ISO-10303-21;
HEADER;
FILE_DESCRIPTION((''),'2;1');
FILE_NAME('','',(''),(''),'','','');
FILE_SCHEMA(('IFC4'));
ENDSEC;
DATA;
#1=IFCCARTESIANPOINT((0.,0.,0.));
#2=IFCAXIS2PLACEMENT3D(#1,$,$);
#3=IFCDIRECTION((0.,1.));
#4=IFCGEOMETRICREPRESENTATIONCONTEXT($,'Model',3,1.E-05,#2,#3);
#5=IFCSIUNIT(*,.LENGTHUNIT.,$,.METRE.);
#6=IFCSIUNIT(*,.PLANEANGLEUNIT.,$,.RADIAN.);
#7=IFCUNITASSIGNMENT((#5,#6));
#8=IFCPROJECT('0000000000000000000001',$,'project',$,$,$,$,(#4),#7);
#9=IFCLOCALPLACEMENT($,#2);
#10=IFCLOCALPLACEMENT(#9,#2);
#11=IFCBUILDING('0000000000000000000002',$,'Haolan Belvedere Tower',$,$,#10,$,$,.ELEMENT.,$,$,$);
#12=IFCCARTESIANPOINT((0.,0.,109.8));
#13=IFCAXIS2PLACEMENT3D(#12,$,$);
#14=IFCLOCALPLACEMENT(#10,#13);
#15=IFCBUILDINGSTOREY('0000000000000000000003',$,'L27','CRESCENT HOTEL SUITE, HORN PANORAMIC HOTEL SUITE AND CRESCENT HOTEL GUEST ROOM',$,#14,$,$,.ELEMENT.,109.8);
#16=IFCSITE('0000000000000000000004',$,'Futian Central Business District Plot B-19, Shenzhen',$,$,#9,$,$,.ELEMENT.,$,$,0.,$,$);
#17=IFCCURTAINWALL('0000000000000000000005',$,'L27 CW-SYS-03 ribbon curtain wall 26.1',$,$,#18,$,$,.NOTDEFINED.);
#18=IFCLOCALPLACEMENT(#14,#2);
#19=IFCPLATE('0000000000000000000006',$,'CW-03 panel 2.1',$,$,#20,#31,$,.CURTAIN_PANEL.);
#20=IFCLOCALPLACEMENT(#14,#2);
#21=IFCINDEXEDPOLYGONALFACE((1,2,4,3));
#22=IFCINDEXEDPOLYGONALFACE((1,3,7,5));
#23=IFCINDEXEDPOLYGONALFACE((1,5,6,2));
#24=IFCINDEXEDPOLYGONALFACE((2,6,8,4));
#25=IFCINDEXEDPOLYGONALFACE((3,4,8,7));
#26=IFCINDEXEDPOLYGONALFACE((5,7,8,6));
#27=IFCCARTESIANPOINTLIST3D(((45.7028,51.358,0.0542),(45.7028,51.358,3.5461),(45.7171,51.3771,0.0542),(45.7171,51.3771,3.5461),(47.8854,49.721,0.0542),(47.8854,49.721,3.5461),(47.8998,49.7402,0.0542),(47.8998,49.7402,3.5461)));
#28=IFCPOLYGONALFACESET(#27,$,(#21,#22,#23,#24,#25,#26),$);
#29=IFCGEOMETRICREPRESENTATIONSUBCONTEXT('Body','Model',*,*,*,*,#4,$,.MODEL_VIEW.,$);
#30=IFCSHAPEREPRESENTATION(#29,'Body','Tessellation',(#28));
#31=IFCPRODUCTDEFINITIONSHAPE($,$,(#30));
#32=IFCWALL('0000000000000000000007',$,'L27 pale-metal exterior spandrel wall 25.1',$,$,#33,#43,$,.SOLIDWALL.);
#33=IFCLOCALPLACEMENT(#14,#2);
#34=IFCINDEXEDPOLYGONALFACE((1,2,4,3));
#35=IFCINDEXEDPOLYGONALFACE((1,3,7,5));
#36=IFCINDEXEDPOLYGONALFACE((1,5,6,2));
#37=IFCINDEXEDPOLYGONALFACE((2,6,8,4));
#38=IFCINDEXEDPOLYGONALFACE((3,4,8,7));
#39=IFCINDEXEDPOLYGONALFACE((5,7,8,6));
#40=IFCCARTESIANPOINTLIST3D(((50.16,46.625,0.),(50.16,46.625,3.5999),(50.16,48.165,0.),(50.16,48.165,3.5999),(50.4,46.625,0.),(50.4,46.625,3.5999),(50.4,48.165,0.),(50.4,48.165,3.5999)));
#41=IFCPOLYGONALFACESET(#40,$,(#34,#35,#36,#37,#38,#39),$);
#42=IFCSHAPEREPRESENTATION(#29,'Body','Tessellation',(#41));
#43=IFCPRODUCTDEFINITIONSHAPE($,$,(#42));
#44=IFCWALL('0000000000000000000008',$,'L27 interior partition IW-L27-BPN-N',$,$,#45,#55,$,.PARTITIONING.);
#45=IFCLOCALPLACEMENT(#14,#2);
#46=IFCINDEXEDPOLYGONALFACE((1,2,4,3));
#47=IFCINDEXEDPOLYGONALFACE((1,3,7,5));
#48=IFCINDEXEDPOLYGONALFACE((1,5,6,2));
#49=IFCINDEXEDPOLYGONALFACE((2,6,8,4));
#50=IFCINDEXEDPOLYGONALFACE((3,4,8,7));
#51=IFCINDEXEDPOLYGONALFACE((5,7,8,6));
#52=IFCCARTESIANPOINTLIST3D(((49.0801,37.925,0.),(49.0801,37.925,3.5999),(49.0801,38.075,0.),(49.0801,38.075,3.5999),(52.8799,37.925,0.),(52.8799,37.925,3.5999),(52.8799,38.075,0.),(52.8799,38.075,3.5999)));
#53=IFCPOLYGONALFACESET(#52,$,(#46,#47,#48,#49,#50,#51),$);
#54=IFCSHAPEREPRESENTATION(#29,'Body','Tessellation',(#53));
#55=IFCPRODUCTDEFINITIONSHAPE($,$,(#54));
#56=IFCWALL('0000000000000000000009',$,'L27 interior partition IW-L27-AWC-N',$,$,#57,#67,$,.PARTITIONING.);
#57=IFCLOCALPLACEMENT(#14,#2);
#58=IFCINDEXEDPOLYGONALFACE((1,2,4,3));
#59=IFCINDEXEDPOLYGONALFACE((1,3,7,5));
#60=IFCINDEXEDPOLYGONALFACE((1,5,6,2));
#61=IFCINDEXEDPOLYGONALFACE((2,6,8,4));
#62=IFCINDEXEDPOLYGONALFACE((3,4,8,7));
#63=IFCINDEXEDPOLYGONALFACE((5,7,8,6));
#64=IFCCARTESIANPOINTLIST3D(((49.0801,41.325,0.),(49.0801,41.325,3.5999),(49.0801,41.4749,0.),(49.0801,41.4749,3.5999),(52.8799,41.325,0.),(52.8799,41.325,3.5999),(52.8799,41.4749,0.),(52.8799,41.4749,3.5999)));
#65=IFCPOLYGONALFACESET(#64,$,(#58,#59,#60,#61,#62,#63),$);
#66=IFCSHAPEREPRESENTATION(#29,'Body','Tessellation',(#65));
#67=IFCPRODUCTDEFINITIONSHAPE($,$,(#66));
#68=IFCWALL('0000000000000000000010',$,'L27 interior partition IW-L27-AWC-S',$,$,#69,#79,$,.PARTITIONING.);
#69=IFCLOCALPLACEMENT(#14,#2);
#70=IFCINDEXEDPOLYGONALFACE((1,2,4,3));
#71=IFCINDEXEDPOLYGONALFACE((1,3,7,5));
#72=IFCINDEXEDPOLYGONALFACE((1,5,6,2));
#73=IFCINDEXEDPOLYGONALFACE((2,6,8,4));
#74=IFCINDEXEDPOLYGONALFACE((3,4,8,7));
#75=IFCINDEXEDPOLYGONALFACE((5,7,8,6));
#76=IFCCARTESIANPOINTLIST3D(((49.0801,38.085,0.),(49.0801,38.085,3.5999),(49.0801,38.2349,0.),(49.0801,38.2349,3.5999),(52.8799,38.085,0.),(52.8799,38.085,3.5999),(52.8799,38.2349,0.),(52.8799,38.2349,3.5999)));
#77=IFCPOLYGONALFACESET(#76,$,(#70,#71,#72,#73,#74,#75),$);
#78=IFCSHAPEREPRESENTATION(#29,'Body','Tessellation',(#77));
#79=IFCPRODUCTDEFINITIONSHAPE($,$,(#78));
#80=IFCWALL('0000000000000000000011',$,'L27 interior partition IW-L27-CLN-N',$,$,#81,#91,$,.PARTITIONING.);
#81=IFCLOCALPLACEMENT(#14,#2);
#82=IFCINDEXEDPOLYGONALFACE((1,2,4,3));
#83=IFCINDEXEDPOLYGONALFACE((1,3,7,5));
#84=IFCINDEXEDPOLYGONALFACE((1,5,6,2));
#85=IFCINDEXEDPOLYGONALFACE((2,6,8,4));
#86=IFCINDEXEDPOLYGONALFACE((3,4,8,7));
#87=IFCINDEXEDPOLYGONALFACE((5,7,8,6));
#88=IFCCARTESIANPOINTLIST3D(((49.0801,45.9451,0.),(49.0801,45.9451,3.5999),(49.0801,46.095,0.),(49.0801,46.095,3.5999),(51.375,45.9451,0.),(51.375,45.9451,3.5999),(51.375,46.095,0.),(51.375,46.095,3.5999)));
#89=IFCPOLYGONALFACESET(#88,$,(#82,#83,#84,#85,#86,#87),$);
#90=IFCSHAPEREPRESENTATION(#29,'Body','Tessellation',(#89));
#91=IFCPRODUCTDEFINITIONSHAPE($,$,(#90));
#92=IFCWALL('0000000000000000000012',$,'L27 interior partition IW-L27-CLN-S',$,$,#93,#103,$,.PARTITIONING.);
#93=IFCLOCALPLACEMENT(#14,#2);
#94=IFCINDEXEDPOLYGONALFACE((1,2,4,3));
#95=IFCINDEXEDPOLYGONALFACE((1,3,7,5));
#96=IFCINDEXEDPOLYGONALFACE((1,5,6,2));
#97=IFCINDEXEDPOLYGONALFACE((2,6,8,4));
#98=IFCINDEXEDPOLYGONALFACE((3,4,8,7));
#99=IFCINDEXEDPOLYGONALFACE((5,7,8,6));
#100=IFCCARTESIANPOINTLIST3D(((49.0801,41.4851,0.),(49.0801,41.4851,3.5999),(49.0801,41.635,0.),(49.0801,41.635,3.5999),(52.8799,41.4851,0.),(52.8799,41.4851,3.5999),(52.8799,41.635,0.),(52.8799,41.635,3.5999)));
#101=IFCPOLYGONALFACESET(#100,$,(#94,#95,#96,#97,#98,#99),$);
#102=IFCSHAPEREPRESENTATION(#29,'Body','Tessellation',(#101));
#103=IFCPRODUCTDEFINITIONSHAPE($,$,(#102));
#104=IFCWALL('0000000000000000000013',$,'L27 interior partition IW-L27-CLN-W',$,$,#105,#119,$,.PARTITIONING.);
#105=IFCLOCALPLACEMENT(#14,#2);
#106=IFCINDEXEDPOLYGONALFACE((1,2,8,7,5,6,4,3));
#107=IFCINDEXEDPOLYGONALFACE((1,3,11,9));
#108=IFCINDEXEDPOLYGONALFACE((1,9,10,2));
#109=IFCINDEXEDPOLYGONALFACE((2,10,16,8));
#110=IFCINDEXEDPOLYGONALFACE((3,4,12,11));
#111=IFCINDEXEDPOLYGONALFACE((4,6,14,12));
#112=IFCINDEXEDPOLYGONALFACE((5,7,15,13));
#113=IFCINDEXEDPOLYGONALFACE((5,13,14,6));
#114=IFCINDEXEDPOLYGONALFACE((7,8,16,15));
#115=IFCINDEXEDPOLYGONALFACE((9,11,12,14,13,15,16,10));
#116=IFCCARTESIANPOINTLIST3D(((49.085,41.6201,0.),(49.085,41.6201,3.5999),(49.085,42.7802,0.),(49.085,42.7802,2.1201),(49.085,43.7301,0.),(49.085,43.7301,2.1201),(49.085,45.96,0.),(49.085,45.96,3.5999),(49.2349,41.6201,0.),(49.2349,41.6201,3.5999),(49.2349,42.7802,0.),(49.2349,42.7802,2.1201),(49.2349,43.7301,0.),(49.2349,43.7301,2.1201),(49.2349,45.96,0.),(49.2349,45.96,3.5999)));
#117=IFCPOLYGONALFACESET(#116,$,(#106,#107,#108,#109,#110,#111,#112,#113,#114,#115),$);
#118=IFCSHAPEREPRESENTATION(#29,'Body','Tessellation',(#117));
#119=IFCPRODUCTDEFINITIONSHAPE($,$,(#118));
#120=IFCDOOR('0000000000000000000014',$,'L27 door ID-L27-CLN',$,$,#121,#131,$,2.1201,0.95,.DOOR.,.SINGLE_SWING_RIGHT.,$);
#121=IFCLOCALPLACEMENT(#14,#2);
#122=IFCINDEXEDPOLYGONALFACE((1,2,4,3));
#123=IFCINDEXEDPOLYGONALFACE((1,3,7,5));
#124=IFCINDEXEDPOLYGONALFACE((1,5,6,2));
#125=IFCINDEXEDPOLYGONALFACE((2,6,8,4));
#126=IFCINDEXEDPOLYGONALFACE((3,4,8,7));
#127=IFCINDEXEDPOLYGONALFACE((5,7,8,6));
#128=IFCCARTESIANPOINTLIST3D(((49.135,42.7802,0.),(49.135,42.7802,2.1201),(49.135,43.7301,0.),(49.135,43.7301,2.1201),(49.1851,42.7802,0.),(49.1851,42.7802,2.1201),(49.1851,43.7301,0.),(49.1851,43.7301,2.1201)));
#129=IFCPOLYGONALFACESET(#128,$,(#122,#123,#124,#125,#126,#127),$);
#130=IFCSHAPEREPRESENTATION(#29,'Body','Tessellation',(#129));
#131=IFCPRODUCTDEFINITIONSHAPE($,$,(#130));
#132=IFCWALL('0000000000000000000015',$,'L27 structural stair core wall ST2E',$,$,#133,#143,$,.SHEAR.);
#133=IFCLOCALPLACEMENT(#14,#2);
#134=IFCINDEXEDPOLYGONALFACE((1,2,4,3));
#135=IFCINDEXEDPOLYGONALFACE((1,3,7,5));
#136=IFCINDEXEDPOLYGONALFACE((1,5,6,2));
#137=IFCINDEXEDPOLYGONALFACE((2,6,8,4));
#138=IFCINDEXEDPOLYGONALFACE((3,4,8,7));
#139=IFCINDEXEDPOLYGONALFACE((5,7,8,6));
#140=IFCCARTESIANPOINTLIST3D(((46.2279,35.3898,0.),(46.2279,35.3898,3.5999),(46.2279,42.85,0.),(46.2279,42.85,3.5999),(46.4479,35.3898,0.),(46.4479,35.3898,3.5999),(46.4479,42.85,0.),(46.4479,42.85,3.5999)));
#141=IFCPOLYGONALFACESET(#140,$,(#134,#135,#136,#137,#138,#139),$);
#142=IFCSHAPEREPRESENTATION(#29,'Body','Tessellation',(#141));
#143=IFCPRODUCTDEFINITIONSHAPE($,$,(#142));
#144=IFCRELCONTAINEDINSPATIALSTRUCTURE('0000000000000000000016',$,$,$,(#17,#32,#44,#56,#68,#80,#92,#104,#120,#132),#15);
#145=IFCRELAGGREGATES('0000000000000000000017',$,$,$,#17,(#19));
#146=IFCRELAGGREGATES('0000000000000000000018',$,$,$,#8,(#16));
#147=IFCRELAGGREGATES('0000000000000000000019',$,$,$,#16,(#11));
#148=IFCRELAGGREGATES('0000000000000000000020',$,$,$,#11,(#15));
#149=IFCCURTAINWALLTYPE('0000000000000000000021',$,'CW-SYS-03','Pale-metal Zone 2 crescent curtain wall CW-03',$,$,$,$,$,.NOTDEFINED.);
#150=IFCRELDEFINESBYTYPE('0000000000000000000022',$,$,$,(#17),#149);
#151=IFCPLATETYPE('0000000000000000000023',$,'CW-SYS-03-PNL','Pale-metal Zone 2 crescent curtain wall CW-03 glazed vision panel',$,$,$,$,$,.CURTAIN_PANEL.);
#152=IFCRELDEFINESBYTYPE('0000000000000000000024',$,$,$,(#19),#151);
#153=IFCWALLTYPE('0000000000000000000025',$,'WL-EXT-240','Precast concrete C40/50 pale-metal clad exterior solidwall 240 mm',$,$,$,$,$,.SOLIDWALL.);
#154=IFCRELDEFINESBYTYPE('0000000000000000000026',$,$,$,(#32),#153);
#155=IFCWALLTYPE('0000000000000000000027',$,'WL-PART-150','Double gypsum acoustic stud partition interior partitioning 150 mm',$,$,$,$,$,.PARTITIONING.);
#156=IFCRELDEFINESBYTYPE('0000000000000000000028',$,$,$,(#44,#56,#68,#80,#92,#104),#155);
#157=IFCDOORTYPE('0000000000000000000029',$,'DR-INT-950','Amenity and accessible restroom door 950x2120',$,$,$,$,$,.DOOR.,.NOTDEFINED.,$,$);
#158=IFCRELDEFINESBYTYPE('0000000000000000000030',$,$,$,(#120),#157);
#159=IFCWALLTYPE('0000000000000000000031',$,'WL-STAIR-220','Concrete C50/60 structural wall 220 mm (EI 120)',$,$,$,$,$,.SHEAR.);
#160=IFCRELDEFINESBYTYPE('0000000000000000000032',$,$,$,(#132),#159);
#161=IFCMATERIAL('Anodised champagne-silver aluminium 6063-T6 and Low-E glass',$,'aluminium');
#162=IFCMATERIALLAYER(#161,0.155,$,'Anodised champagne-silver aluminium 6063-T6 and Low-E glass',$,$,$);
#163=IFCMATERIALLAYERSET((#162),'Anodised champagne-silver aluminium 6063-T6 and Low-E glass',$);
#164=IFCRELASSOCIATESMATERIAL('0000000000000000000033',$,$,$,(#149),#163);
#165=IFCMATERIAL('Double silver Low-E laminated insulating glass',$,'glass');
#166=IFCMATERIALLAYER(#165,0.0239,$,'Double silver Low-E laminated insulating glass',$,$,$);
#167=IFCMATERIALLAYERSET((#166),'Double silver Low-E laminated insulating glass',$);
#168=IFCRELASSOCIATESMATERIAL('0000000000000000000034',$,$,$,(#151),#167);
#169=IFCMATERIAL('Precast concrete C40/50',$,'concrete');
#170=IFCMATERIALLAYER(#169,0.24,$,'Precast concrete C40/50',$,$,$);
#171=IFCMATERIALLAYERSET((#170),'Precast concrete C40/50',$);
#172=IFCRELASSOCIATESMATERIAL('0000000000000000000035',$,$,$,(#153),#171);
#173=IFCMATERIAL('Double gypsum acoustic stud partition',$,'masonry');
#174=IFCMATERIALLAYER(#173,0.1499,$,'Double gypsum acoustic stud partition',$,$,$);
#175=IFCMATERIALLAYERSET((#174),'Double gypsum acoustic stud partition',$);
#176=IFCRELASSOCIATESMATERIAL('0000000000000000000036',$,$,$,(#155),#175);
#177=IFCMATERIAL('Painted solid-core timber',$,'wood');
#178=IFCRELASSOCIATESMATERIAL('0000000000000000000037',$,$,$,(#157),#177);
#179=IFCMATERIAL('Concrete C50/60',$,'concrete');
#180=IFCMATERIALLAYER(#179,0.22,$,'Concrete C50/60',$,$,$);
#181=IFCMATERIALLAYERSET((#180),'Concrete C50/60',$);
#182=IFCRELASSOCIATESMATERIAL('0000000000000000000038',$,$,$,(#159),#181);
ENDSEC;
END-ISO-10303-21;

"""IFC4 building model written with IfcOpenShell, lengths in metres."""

from ifc_helpers import new_model, si_unit, direction, frame, frame_2d, origin, origin_2d, place, context, subcontext, project, spatial, rectangle, extrude, material, layer, layer_set, type_object, element, fill, aggregate, save


model = new_model("IFC4")

# Units and contexts
model_context = context("Model", 3, precision=1e-05, world=origin(), true_north=direction((0.0, 1.0)))
body_context = subcontext(model_context, "Body", "Model", "MODEL_VIEW")
ifc_project = project(units=[si_unit("LENGTHUNIT", "METRE"), si_unit("PLANEANGLEUNIT", "RADIAN")], contexts=[model_context])

# Site, building, storey
site_placement = place(None, origin())
site = spatial("IfcSite", under=ifc_project, at=site_placement, Name="Futian Central Business District Plot B-19, Shenzhen", CompositionType="ELEMENT", RefElevation=0.0)
building_placement = place(site_placement, origin())
building = spatial("IfcBuilding", under=site, at=building_placement, Name="Haolan Belvedere Tower", CompositionType="ELEMENT")
storey_placement = place(building_placement, frame((0.0, 0.0, 109.8)))
storey = spatial("IfcBuildingStorey", under=building, at=storey_placement, Name="L27", Description="CRESCENT HOTEL SUITE, HORN PANORAMIC HOTEL SUITE AND CRESCENT HOTEL GUEST ROOM", CompositionType="ELEMENT", Elevation=109.8)

# Curtain wall, plate
ifc_material_1 = material(Name="Anodised champagne-silver aluminium 6063-T6 and Low-E glass", Category="aluminium")
ifc_layer_1 = layer(ifc_material_1, 0.155, Name="Anodised champagne-silver aluminium 6063-T6 and Low-E glass")
ifc_layer_set_1 = layer_set([ifc_layer_1], Name="Anodised champagne-silver aluminium 6063-T6 and Low-E glass")
curtain_wall_type = type_object("IfcCurtainWallType", Name="CW-SYS-03", Description="Pale-metal Zone 2 crescent curtain wall CW-03", PredefinedType="NOTDEFINED", material=ifc_layer_set_1)
curtain_wall_placement = place(storey_placement, origin())
curtain_wall = element("IfcCurtainWall", 1, at=curtain_wall_placement, inside=storey, type_object=curtain_wall_type, Name="L27 CW-SYS-03 ribbon curtain wall 26.1", PredefinedType="NOTDEFINED")
ifc_material_2 = material(Name="Double silver Low-E laminated insulating glass", Category="glass")
ifc_layer_2 = layer(ifc_material_2, 0.0239, Name="Double silver Low-E laminated insulating glass")
ifc_layer_set_2 = layer_set([ifc_layer_2], Name="Double silver Low-E laminated insulating glass")
plate_type = type_object("IfcPlateType", Name="CW-SYS-03-PNL", Description="Pale-metal Zone 2 crescent curtain wall CW-03 glazed vision panel", PredefinedType="CURTAIN_PANEL", material=ifc_layer_set_2)
plate_1_placement = place(storey_placement, frame((46.8013, 50.5491, 0.0542), z_axis=(0.0, 0.0, 1.0), x_axis=(-0.800004, 0.599994, 0.0)))
plate_1 = element("IfcPlate", 2, at=plate_1_placement, type_object=plate_type, Name="CW-03 panel 2.1", PredefinedType="CURTAIN_PANEL", context=body_context, shape_type="SweptSolid", body=[
    extrude(rectangle(XDim=2.7283, YDim=0.0239, at=origin_2d()), origin(), (0.0, 0.0, 1.0), 3.4919),
])
aggregate(curtain_wall, [plate_1])

# Walls
ifc_material_3 = material(Name="Precast concrete C40/50", Category="concrete")
ifc_layer_3 = layer(ifc_material_3, 0.24, Name="Precast concrete C40/50")
ifc_layer_set_3 = layer_set([ifc_layer_3], Name="Precast concrete C40/50")
wall_type_1 = type_object("IfcWallType", Name="WL-EXT-240", Description="Precast concrete C40/50 pale-metal clad exterior solidwall 240 mm", PredefinedType="SOLIDWALL", material=ifc_layer_set_3)
wall_1_placement = place(storey_placement, frame((50.28, 46.625, 0.0), z_axis=(0.0, 0.0, 1.0), x_axis=(0.0, 1.0, 0.0)))
element("IfcWall", 3, at=wall_1_placement, inside=storey, type_object=wall_type_1, Name="L27 pale-metal exterior spandrel wall 25.1", PredefinedType="SOLIDWALL", context=body_context, shape_type="SweptSolid", body=[
    extrude(rectangle(XDim=1.54, YDim=0.24, at=frame_2d((0.77, 0.0))), origin(), (0.0, 0.0, 1.0), 3.5999),
])
ifc_material_4 = material(Name="Double gypsum acoustic stud partition", Category="masonry")
ifc_layer_4 = layer(ifc_material_4, 0.1499, Name="Double gypsum acoustic stud partition")
ifc_layer_set_4 = layer_set([ifc_layer_4], Name="Double gypsum acoustic stud partition")
wall_type_2 = type_object("IfcWallType", Name="WL-PART-150", Description="Double gypsum acoustic stud partition interior partitioning 150 mm", PredefinedType="PARTITIONING", material=ifc_layer_set_4)
for number, where, z_axis, x_axis, name in (
    (4, (49.0801, 38.0, 0.0), (0.0, 0.0, 1.0), (1.0, 0.0, 0.0), "L27 interior partition IW-L27-BPN-N"),
    (5, (49.0801, 41.3999, 0.0), (0.0, 0.0, 1.0), (1.0, 0.0, 0.0), "L27 interior partition IW-L27-AWC-N"),
    (6, (49.0801, 38.1599, 0.0), (0.0, 0.0, 1.0), (1.0, 0.0, 0.0), "L27 interior partition IW-L27-AWC-S"),
):
    element("IfcWall", number, at=place(storey_placement, frame(where, z_axis=z_axis, x_axis=x_axis)), inside=storey, type_object=wall_type_2, Name=name, PredefinedType="PARTITIONING", context=body_context, shape_type="SweptSolid", body=[
        extrude(rectangle(XDim=3.7998, YDim=0.1499, at=frame_2d((1.8999, 0.0))), origin(), (0.0, 0.0, 1.0), 3.5999),
    ])

# Shared definitions
ifc_material_5 = material(Name="Painted solid-core timber", Category="wood")
door_type = type_object("IfcDoorType", Name="DR-INT-950", Description="Amenity and accessible restroom door 950x2120", OperationType="NOTDEFINED", PredefinedType="DOOR", material=ifc_material_5)

# Walls
wall_2_placement = place(storey_placement, frame((49.0801, 46.02, 0.0), z_axis=(0.0, 0.0, 1.0), x_axis=(1.0, 0.0, 0.0)))
element("IfcWall", 7, at=wall_2_placement, inside=storey, type_object=wall_type_2, Name="L27 interior partition IW-L27-CLN-N", PredefinedType="PARTITIONING", context=body_context, shape_type="SweptSolid", body=[
    extrude(rectangle(XDim=2.2949, YDim=0.1499, at=frame_2d((1.1475, 0.0))), origin(), (0.0, 0.0, 1.0), 3.5999),
])
wall_3_placement = place(storey_placement, frame((49.0801, 41.5601, 0.0), z_axis=(0.0, 0.0, 1.0), x_axis=(1.0, 0.0, 0.0)))
element("IfcWall", 8, at=wall_3_placement, inside=storey, type_object=wall_type_2, Name="L27 interior partition IW-L27-CLN-S", PredefinedType="PARTITIONING", context=body_context, shape_type="SweptSolid", body=[
    extrude(rectangle(XDim=3.7998, YDim=0.1499, at=frame_2d((1.8999, 0.0))), origin(), (0.0, 0.0, 1.0), 3.5999),
])

# Wall, opening, door
wall_4_placement = place(storey_placement, frame((49.1599, 41.6201, 0.0), z_axis=(0.0, 0.0, 1.0), x_axis=(0.0, 1.0, 0.0)))
wall_4 = element("IfcWall", 9, at=wall_4_placement, inside=storey, type_object=wall_type_2, Name="L27 interior partition IW-L27-CLN-W", PredefinedType="PARTITIONING", context=body_context, shape_type="SweptSolid", body=[
    extrude(rectangle(XDim=4.3398, YDim=0.1499, at=frame_2d((2.1699, 0.0))), origin(), (0.0, 0.0, 1.0), 3.5999),
])
opening_1_placement = place(wall_4_placement, frame((1.1599, 0.0, 0.0)))
opening_1 = element("IfcOpeningElement", 10, at=opening_1_placement, cuts=wall_4, PredefinedType="OPENING", context=body_context, shape_type="SweptSolid", body=[
    extrude(rectangle(XDim=0.95, YDim=2.1201, at=frame_2d((0.4751, 1.0601))), frame((0.0, 0.085, 0.0), z_axis=(0.0, -1.0, 0.0), x_axis=(1.0, 0.0, 0.0)), (0.0, 0.0, 1.0), 0.1699),
])
door_1_placement = place(opening_1_placement, origin())
door_1 = element("IfcDoor", 11, at=door_1_placement, inside=storey, type_object=door_type, Name="L27 door ID-L27-CLN", OperationType="SINGLE_SWING_RIGHT", OverallHeight=2.1201, OverallWidth=0.95, PredefinedType="DOOR", context=body_context, shape_type="SweptSolid", body=[
    extrude(rectangle(XDim=0.95, YDim=2.1201, at=frame_2d((0.4751, 1.0601))), frame((0.0, 0.0249, 0.0), z_axis=(0.0, -1.0, 0.0), x_axis=(1.0, 0.0, 0.0)), (0.0, 0.0, 1.0), 0.05),
])
fill(opening_1, door_1)

# Wall
ifc_material_6 = material(Name="Concrete C50/60", Category="concrete")
ifc_layer_5 = layer(ifc_material_6, 0.22, Name="Concrete C50/60")
ifc_layer_set_5 = layer_set([ifc_layer_5], Name="Concrete C50/60")
wall_type_3 = type_object("IfcWallType", Name="WL-STAIR-220", Description="Concrete C50/60 structural wall 220 mm (EI 120)", PredefinedType="SHEAR", material=ifc_layer_set_5)
wall_5_placement = place(storey_placement, frame((46.3379, 35.3899, 0.0), z_axis=(0.0, 0.0, 1.0), x_axis=(0.0, 1.0, 0.0)))
element("IfcWall", 12, at=wall_5_placement, inside=storey, type_object=wall_type_3, Name="L27 structural stair core wall ST2E", PredefinedType="SHEAR", context=body_context, shape_type="SweptSolid", body=[
    extrude(rectangle(XDim=7.4602, YDim=0.22, at=frame_2d((3.73, 0.0))), origin(), (0.0, 0.0, 1.0), 3.5999),
])

save(model, "model.ifc")
